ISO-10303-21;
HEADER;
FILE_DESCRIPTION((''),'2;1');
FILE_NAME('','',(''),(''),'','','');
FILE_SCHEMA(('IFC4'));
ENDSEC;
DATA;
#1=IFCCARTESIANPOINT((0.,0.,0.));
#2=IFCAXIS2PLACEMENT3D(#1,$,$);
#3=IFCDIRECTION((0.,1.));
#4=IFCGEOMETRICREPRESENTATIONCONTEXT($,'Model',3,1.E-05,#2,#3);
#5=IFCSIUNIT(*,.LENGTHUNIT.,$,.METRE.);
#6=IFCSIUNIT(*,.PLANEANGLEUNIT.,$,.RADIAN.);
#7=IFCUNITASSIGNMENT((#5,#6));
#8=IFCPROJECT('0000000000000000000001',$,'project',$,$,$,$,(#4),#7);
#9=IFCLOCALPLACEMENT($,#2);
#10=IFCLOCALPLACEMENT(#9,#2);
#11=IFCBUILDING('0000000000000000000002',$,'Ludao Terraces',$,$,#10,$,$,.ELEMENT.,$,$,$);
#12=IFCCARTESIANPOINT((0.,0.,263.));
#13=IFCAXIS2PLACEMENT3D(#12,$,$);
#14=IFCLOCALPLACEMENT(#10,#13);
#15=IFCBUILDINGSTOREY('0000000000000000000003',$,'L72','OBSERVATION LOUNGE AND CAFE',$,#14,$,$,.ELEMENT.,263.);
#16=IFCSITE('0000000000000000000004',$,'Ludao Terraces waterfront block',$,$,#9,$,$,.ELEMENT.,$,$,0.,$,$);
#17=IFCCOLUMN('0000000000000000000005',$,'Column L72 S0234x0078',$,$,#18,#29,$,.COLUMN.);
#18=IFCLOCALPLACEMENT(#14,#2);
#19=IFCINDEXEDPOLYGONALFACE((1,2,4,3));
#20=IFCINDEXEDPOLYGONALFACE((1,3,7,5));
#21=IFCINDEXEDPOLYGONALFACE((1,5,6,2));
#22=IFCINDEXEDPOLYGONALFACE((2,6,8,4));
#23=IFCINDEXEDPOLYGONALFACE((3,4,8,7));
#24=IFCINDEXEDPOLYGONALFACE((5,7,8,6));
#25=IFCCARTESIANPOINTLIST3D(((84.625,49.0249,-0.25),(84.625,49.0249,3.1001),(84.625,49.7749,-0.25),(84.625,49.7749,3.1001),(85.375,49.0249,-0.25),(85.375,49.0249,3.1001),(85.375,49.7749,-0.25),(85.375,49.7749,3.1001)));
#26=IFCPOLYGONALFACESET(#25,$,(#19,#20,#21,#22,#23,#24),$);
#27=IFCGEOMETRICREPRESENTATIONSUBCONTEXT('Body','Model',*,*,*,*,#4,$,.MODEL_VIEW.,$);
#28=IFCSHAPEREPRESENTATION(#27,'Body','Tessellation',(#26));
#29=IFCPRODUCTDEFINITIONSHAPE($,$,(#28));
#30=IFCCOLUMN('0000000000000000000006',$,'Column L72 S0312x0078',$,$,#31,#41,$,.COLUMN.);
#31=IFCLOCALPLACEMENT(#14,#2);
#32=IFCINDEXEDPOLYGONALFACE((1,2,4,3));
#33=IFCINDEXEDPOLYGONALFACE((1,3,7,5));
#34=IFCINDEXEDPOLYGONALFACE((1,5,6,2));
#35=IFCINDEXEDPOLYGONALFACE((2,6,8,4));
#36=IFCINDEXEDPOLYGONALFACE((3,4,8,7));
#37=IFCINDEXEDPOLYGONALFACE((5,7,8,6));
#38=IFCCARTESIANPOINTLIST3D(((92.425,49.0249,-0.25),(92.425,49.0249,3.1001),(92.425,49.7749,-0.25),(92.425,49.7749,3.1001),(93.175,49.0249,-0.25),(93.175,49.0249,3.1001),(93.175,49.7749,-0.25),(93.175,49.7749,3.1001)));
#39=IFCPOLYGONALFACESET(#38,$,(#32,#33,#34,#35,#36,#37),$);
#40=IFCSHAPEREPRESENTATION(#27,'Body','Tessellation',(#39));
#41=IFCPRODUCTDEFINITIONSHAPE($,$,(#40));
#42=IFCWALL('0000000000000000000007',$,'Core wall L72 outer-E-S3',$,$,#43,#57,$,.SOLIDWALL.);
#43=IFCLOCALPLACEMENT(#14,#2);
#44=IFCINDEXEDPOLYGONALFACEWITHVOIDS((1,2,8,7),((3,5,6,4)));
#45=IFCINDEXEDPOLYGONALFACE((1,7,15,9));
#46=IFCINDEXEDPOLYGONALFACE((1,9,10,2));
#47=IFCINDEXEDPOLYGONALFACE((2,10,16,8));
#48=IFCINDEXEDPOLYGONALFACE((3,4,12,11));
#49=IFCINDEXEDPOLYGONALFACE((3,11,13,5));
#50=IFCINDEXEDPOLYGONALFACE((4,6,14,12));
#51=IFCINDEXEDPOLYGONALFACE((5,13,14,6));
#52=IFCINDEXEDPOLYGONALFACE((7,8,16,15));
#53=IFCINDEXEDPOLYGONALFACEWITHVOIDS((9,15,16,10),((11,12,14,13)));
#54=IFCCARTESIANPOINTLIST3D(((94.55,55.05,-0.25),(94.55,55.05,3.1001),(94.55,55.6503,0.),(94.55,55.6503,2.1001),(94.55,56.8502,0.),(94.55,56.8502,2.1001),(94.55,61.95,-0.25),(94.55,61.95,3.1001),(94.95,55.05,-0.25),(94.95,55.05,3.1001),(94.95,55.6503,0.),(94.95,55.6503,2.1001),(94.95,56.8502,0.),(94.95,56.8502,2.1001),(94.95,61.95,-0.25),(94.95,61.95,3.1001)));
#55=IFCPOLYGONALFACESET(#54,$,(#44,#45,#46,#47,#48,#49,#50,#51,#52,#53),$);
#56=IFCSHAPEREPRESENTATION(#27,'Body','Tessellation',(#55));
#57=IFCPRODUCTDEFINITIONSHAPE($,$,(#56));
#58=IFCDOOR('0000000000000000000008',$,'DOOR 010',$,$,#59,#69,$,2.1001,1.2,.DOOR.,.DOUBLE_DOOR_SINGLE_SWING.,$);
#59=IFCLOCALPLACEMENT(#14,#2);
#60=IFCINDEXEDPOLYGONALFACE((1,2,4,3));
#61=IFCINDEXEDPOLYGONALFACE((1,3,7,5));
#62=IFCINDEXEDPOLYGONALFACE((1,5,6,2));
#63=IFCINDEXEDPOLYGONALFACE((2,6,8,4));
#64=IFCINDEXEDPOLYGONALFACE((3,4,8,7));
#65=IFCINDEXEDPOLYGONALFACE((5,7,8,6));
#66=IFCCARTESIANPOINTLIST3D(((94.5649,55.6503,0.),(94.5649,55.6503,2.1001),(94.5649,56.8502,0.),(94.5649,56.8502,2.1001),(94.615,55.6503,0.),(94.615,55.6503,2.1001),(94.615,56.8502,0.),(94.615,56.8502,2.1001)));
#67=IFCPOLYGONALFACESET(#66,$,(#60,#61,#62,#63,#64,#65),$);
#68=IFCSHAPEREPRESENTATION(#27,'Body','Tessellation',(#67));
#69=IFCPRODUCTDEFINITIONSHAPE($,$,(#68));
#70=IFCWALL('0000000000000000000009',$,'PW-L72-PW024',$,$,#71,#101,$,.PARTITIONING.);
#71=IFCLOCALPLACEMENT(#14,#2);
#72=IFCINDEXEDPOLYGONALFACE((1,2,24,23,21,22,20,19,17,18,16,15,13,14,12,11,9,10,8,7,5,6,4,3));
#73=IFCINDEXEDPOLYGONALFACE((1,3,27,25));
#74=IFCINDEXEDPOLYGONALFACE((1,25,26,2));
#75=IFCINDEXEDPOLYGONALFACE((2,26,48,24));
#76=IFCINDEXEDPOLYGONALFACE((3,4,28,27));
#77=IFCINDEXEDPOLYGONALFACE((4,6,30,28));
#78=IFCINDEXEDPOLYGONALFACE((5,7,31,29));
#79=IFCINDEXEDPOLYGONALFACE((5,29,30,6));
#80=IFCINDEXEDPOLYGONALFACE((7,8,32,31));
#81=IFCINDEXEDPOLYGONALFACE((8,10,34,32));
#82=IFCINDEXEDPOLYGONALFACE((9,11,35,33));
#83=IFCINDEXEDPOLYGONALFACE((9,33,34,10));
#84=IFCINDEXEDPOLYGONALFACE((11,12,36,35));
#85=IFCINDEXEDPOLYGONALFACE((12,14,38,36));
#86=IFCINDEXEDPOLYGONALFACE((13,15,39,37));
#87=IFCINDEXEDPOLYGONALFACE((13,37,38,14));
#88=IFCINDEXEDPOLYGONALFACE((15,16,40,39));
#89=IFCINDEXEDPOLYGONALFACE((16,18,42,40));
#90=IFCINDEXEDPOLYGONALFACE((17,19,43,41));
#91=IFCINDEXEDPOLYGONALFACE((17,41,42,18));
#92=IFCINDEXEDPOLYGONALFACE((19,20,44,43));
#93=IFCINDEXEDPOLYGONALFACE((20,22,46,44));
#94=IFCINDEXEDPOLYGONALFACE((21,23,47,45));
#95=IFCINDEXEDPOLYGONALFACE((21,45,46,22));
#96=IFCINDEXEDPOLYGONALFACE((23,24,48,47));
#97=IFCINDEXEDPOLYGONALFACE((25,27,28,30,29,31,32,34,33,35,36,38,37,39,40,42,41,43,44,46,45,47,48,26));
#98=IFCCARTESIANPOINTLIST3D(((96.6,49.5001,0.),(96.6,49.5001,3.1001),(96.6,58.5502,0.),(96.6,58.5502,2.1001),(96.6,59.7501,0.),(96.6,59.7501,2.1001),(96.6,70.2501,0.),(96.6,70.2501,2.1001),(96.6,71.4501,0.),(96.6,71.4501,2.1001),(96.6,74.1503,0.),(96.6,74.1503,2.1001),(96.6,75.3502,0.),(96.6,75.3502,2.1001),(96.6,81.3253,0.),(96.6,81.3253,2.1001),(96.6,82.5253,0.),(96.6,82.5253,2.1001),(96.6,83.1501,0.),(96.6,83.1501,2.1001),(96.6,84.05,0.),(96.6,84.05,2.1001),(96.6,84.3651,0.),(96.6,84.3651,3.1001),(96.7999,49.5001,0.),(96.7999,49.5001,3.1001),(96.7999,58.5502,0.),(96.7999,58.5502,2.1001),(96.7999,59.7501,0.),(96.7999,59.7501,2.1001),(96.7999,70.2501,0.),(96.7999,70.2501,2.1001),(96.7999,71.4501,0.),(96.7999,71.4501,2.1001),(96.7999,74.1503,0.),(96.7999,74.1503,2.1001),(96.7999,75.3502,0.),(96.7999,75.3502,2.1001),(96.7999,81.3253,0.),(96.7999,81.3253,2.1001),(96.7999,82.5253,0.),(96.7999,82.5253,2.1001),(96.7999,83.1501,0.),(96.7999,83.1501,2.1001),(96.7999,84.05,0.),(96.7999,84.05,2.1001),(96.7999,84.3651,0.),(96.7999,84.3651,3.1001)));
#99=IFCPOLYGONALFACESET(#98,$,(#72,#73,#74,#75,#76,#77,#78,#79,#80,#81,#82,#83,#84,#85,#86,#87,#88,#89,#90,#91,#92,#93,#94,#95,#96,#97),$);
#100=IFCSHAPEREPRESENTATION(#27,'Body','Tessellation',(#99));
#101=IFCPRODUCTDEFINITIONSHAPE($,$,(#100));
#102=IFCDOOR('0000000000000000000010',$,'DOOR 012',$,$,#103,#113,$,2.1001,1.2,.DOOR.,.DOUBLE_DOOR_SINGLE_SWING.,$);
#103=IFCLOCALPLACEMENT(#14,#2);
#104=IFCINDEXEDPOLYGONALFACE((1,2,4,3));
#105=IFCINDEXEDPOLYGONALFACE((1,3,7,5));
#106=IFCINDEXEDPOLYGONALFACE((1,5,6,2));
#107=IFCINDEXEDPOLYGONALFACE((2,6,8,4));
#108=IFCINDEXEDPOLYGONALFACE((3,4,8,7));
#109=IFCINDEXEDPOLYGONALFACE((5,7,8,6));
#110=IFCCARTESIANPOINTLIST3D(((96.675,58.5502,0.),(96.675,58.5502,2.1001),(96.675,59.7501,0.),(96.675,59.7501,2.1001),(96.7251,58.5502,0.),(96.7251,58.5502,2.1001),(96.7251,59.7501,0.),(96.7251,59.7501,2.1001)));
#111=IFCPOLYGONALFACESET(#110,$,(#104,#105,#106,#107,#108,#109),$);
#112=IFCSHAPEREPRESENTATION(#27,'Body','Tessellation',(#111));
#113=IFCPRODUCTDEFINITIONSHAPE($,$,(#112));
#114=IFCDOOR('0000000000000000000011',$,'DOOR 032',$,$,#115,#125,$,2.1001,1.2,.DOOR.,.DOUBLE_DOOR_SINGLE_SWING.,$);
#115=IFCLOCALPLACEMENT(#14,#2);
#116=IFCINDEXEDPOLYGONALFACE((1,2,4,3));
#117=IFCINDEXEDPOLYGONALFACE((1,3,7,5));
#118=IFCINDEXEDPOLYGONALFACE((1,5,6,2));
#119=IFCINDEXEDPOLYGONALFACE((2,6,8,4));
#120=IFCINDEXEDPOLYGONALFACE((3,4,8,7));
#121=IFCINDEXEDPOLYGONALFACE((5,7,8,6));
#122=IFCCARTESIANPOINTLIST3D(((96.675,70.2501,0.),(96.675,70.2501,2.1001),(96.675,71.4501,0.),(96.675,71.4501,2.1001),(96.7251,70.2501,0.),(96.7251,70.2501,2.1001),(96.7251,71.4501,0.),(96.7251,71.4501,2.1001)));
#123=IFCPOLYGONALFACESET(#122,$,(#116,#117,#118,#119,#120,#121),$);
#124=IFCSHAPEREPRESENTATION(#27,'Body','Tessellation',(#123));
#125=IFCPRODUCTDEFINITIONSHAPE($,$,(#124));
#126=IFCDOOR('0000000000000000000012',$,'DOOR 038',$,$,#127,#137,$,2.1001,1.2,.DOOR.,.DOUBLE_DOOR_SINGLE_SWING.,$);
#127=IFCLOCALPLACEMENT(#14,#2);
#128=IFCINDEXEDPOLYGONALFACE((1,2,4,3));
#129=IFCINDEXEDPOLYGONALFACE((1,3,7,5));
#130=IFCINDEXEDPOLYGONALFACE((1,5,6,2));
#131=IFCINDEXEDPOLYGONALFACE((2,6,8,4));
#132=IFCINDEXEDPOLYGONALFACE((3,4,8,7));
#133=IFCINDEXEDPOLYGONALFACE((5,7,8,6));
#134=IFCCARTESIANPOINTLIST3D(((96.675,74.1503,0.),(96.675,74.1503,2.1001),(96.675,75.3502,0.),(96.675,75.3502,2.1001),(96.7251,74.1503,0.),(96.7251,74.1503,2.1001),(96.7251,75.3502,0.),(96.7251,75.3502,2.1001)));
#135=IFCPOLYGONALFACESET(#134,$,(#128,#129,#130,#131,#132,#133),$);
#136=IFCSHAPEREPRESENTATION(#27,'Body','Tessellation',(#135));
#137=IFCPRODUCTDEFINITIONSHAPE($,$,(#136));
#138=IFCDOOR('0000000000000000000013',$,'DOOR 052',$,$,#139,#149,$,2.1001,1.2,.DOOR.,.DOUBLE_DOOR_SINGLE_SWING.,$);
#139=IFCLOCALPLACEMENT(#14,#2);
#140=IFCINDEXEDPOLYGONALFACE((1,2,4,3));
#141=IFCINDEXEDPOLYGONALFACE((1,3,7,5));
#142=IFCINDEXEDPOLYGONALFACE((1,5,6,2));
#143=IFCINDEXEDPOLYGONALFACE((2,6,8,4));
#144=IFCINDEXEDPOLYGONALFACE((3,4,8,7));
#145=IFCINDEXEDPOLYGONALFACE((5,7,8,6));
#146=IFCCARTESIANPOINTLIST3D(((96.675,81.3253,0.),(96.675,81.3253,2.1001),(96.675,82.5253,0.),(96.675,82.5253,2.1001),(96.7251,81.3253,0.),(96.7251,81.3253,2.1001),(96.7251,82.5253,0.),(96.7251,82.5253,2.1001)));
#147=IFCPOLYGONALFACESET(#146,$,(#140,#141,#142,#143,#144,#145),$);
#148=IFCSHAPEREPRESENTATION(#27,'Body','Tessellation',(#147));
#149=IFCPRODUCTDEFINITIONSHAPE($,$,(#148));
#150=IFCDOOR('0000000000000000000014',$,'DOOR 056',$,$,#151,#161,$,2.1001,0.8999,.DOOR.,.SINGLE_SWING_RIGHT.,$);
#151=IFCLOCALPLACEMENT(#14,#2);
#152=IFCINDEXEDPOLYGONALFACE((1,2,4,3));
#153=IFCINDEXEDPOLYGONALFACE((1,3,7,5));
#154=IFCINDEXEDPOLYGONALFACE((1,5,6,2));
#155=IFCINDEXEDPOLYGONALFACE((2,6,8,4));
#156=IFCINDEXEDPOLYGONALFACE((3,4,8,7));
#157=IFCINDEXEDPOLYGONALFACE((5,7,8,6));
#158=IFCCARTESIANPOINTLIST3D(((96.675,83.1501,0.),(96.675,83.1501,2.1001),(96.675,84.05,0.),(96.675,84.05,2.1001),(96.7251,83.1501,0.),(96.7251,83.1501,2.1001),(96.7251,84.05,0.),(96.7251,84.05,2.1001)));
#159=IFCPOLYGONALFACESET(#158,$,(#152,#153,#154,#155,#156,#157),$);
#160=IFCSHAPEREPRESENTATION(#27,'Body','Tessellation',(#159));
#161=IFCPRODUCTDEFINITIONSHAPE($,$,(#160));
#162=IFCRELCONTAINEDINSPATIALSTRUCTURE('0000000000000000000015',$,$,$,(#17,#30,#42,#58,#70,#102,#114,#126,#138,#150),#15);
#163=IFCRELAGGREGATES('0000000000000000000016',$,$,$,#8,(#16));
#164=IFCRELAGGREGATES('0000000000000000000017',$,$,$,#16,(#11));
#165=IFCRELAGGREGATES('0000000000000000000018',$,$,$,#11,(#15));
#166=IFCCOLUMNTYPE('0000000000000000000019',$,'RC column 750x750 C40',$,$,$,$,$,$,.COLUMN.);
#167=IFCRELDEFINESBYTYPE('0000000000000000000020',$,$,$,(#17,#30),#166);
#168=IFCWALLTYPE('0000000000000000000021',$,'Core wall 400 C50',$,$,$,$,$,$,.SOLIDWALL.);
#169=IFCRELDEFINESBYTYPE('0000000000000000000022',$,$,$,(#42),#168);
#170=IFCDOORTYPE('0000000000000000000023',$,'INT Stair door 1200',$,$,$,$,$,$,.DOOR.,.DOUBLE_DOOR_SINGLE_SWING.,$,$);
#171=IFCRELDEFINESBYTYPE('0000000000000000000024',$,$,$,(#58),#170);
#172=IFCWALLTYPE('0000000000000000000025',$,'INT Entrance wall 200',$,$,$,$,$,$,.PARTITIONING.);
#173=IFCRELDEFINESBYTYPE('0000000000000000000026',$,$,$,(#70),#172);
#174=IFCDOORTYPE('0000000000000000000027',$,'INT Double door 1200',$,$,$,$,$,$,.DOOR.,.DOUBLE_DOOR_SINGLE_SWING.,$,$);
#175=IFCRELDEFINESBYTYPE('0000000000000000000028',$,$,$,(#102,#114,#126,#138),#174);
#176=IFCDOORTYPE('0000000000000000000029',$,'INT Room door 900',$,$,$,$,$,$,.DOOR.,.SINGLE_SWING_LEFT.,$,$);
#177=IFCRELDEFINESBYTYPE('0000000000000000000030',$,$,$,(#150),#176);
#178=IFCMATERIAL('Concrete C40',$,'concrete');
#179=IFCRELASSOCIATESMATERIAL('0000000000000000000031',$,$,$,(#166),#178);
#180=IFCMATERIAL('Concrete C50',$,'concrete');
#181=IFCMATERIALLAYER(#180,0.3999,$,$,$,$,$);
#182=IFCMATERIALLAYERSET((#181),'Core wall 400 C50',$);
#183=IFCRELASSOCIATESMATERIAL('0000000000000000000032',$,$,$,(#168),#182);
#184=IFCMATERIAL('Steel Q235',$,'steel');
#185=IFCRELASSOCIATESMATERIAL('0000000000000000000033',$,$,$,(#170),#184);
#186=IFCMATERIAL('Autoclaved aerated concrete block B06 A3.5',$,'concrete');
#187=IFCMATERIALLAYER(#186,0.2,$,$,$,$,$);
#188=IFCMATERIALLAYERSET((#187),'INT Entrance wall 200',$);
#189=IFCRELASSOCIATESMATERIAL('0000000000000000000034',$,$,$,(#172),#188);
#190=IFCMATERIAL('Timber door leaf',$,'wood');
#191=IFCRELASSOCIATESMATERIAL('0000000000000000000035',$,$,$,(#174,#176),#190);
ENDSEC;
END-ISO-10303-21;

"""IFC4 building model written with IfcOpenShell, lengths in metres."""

from ifc_helpers import new_model, si_unit, direction, frame, frame_2d, origin, origin_2d, place, context, subcontext, project, spatial, rectangle, extrude, material, layer, layer_set, material_profile, profile_set, type_object, element, fill, save


model = new_model("IFC4")

# Units and contexts
model_context = context("Model", 3, precision=1e-05, world=origin(), true_north=direction((0.0, 1.0)))
body_context = subcontext(model_context, "Body", "Model", "MODEL_VIEW")
ifc_project = project(units=[si_unit("LENGTHUNIT", "METRE"), si_unit("PLANEANGLEUNIT", "RADIAN")], contexts=[model_context])

# Site, building, storey
site_placement = place(None, origin())
site = spatial("IfcSite", under=ifc_project, at=site_placement, Name="Ludao Terraces waterfront block", CompositionType="ELEMENT", RefElevation=0.0)
building_placement = place(site_placement, origin())
building = spatial("IfcBuilding", under=site, at=building_placement, Name="Ludao Terraces", CompositionType="ELEMENT")
storey_placement = place(building_placement, frame((0.0, 0.0, 263.0)))
storey = spatial("IfcBuildingStorey", under=building, at=storey_placement, Name="L72", Description="OBSERVATION LOUNGE AND CAFE", CompositionType="ELEMENT", Elevation=263.0)

# Columns
ifc_material_1 = material(Name="Concrete C40", Category="concrete")
ifc_material_profile = material_profile(ifc_material_1, rectangle(XDim=0.75, YDim=0.75, at=origin_2d()), Name="750 X 750")
ifc_profile_set = profile_set([ifc_material_profile], Name="Concrete C40")
column_type = type_object("IfcColumnType", Name="RC column 750x750 C40", PredefinedType="COLUMN", material=ifc_profile_set)
for number, where, z_axis, x_axis, name in (
    (1, (85.0, 49.3999, -0.25), (0.0, 0.0, 1.0), (1.0, 0.0, 0.0), "Column L72 S0234x0078"),
    (2, (92.8, 49.3999, -0.25), (0.0, 0.0, 1.0), (1.0, 0.0, 0.0), "Column L72 S0312x0078"),
):
    element("IfcColumn", number, at=place(storey_placement, frame(where, z_axis=z_axis, x_axis=x_axis)), inside=storey, type_object=column_type, Name=name, PredefinedType="COLUMN", context=body_context, shape_type="SweptSolid", body=[
        extrude(rectangle(XDim=0.75, YDim=0.75, at=origin_2d()), origin(), (0.0, 0.0, 1.0), 3.3501),
    ])

# Wall, opening, door
ifc_material_2 = material(Name="Concrete C50", Category="concrete")
ifc_layer_1 = layer(ifc_material_2, 0.3999)
ifc_layer_set_1 = layer_set([ifc_layer_1], Name="Core wall 400 C50")
wall_type_1 = type_object("IfcWallType", Name="Core wall 400 C50", PredefinedType="SOLIDWALL", material=ifc_layer_set_1)
wall_1_placement = place(storey_placement, frame((94.75, 55.05, -0.25), z_axis=(0.0, 0.0, 1.0), x_axis=(0.0, 1.0, 0.0)))
wall_1 = element("IfcWall", 3, at=wall_1_placement, inside=storey, type_object=wall_type_1, Name="Core wall L72 outer-E-S3", PredefinedType="SOLIDWALL", context=body_context, shape_type="SweptSolid", body=[
    extrude(rectangle(XDim=6.8999, YDim=0.3999, at=frame_2d((3.45, 0.0))), origin(), (0.0, 0.0, 1.0), 3.3501),
])
opening_1_placement = place(wall_1_placement, frame((0.6001, 0.0, 0.25)))
opening_1 = element("IfcOpeningElement", 4, at=opening_1_placement, cuts=wall_1, PredefinedType="OPENING", context=body_context, shape_type="SweptSolid", body=[
    extrude(rectangle(XDim=1.2, YDim=2.1001, at=frame_2d((0.6001, 1.05))), frame((0.0, 0.21, 0.0), z_axis=(0.0, -1.0, 0.0), x_axis=(1.0, 0.0, 0.0)), (0.0, 0.0, 1.0), 0.4199),
])
ifc_material_3 = material(Name="Steel Q235", Category="steel")
door_type_1 = type_object("IfcDoorType", Name="INT Stair door 1200", OperationType="DOUBLE_DOOR_SINGLE_SWING", PredefinedType="DOOR", material=ifc_material_3)
door_1_placement = place(opening_1_placement, origin())
door_1 = element("IfcDoor", 5, at=door_1_placement, inside=storey, type_object=door_type_1, Name="DOOR 010", OperationType="DOUBLE_DOOR_SINGLE_SWING", OverallHeight=2.1001, OverallWidth=1.2, PredefinedType="DOOR", context=body_context, shape_type="SweptSolid", body=[
    extrude(rectangle(XDim=1.2, YDim=2.1001, at=frame_2d((0.6001, 1.05))), frame((0.0, 0.1851, 0.0), z_axis=(0.0, -1.0, 0.0), x_axis=(1.0, 0.0, 0.0)), (0.0, 0.0, 1.0), 0.05),
])
fill(opening_1, door_1)

# Wall, openings, doors
ifc_material_4 = material(Name="Autoclaved aerated concrete block B06 A3.5", Category="concrete")
ifc_layer_2 = layer(ifc_material_4, 0.2)
ifc_layer_set_2 = layer_set([ifc_layer_2], Name="INT Entrance wall 200")
wall_type_2 = type_object("IfcWallType", Name="INT Entrance wall 200", PredefinedType="PARTITIONING", material=ifc_layer_set_2)
wall_2_placement = place(storey_placement, frame((96.7, 49.5, 0.0), z_axis=(0.0, 0.0, 1.0), x_axis=(0.0, 1.0, 0.0)))
wall_2 = element("IfcWall", 6, at=wall_2_placement, inside=storey, type_object=wall_type_2, Name="PW-L72-PW024", PredefinedType="PARTITIONING", context=body_context, shape_type="SweptSolid", body=[
    extrude(rectangle(XDim=34.865, YDim=0.2, at=frame_2d((17.4326, 0.0))), origin(), (0.0, 0.0, 1.0), 3.1001),
])
opening_2_placement = place(wall_2_placement, frame((9.05, 0.0, 0.0)))
opening_2 = element("IfcOpeningElement", 7, at=opening_2_placement, cuts=wall_2, PredefinedType="OPENING", context=body_context, shape_type="SweptSolid", body=[
    extrude(rectangle(XDim=1.2, YDim=2.1001, at=frame_2d((0.6001, 1.05))), frame((0.0, 0.1099, 0.0), z_axis=(0.0, -1.0, 0.0), x_axis=(1.0, 0.0, 0.0)), (0.0, 0.0, 1.0), 0.22),
])
opening_3_placement = place(wall_2_placement, frame((20.75, 0.0, 0.0)))
opening_3 = element("IfcOpeningElement", 8, at=opening_3_placement, cuts=wall_2, PredefinedType="OPENING", context=body_context, shape_type="SweptSolid", body=[
    extrude(rectangle(XDim=1.2, YDim=2.1001, at=frame_2d((0.6001, 1.05))), frame((0.0, 0.1099, 0.0), z_axis=(0.0, -1.0, 0.0), x_axis=(1.0, 0.0, 0.0)), (0.0, 0.0, 1.0), 0.22),
])
opening_4_placement = place(wall_2_placement, frame((24.6501, 0.0, 0.0)))
opening_4 = element("IfcOpeningElement", 9, at=opening_4_placement, cuts=wall_2, PredefinedType="OPENING", context=body_context, shape_type="SweptSolid", body=[
    extrude(rectangle(XDim=1.2, YDim=2.1001, at=frame_2d((0.6001, 1.05))), frame((0.0, 0.1099, 0.0), z_axis=(0.0, -1.0, 0.0), x_axis=(1.0, 0.0, 0.0)), (0.0, 0.0, 1.0), 0.22),
])
opening_5_placement = place(wall_2_placement, frame((31.8252, 0.0, 0.0)))
opening_5 = element("IfcOpeningElement", 10, at=opening_5_placement, cuts=wall_2, PredefinedType="OPENING", context=body_context, shape_type="SweptSolid", body=[
    extrude(rectangle(XDim=1.2, YDim=2.1001, at=frame_2d((0.6001, 1.05))), frame((0.0, 0.1099, 0.0), z_axis=(0.0, -1.0, 0.0), x_axis=(1.0, 0.0, 0.0)), (0.0, 0.0, 1.0), 0.22),
])
opening_6_placement = place(wall_2_placement, frame((33.6501, 0.0, 0.0)))
opening_6 = element("IfcOpeningElement", 11, at=opening_6_placement, cuts=wall_2, PredefinedType="OPENING", context=body_context, shape_type="SweptSolid", body=[
    extrude(rectangle(XDim=0.8999, YDim=2.1001, at=frame_2d((0.45, 1.05))), frame((0.0, 0.1099, 0.0), z_axis=(0.0, -1.0, 0.0), x_axis=(1.0, 0.0, 0.0)), (0.0, 0.0, 1.0), 0.22),
])
ifc_material_5 = material(Name="Timber door leaf", Category="wood")
door_type_2 = type_object("IfcDoorType", Name="INT Double door 1200", OperationType="DOUBLE_DOOR_SINGLE_SWING", PredefinedType="DOOR", material=ifc_material_5)
door_2_placement = place(opening_2_placement, origin())
door_2 = element("IfcDoor", 12, at=door_2_placement, inside=storey, type_object=door_type_2, Name="DOOR 012", OperationType="DOUBLE_DOOR_SINGLE_SWING", OverallHeight=2.1001, OverallWidth=1.2, PredefinedType="DOOR", context=body_context, shape_type="SweptSolid", body=[
    extrude(rectangle(XDim=1.2, YDim=2.1001, at=frame_2d((0.6001, 1.05))), frame((0.0, 0.0249, 0.0), z_axis=(0.0, -1.0, 0.0), x_axis=(1.0, 0.0, 0.0)), (0.0, 0.0, 1.0), 0.05),
])
fill(opening_2, door_2)
door_3_placement = place(opening_3_placement, origin())
door_3 = element("IfcDoor", 13, at=door_3_placement, inside=storey, type_object=door_type_2, Name="DOOR 032", OperationType="DOUBLE_DOOR_SINGLE_SWING", OverallHeight=2.1001, OverallWidth=1.2, PredefinedType="DOOR", context=body_context, shape_type="SweptSolid", body=[
    extrude(rectangle(XDim=1.2, YDim=2.1001, at=frame_2d((0.6001, 1.05))), frame((0.0, 0.0249, 0.0), z_axis=(0.0, -1.0, 0.0), x_axis=(1.0, 0.0, 0.0)), (0.0, 0.0, 1.0), 0.05),
])
fill(opening_3, door_3)
door_4_placement = place(opening_4_placement, origin())
door_4 = element("IfcDoor", 14, at=door_4_placement, inside=storey, type_object=door_type_2, Name="DOOR 038", OperationType="DOUBLE_DOOR_SINGLE_SWING", OverallHeight=2.1001, OverallWidth=1.2, PredefinedType="DOOR", context=body_context, shape_type="SweptSolid", body=[
    extrude(rectangle(XDim=1.2, YDim=2.1001, at=frame_2d((0.6001, 1.05))), frame((0.0, 0.0249, 0.0), z_axis=(0.0, -1.0, 0.0), x_axis=(1.0, 0.0, 0.0)), (0.0, 0.0, 1.0), 0.05),
])
fill(opening_4, door_4)
door_5_placement = place(opening_5_placement, origin())
door_5 = element("IfcDoor", 15, at=door_5_placement, inside=storey, type_object=door_type_2, Name="DOOR 052", OperationType="DOUBLE_DOOR_SINGLE_SWING", OverallHeight=2.1001, OverallWidth=1.2, PredefinedType="DOOR", context=body_context, shape_type="SweptSolid", body=[
    extrude(rectangle(XDim=1.2, YDim=2.1001, at=frame_2d((0.6001, 1.05))), frame((0.0, 0.0249, 0.0), z_axis=(0.0, -1.0, 0.0), x_axis=(1.0, 0.0, 0.0)), (0.0, 0.0, 1.0), 0.05),
])
fill(opening_5, door_5)
door_type_3 = type_object("IfcDoorType", Name="INT Room door 900", OperationType="SINGLE_SWING_LEFT", PredefinedType="DOOR", material=ifc_material_5)
door_6_placement = place(opening_6_placement, origin())
door_6 = element("IfcDoor", 16, at=door_6_placement, inside=storey, type_object=door_type_3, Name="DOOR 056", OperationType="SINGLE_SWING_RIGHT", OverallHeight=2.1001, OverallWidth=0.8999, PredefinedType="DOOR", context=body_context, shape_type="SweptSolid", body=[
    extrude(rectangle(XDim=0.8999, YDim=2.1001, at=frame_2d((0.45, 1.05))), frame((0.0, 0.0249, 0.0), z_axis=(0.0, -1.0, 0.0), x_axis=(1.0, 0.0, 0.0)), (0.0, 0.0, 1.0), 0.05),
])
fill(opening_6, door_6)

save(model, "model.ifc")
